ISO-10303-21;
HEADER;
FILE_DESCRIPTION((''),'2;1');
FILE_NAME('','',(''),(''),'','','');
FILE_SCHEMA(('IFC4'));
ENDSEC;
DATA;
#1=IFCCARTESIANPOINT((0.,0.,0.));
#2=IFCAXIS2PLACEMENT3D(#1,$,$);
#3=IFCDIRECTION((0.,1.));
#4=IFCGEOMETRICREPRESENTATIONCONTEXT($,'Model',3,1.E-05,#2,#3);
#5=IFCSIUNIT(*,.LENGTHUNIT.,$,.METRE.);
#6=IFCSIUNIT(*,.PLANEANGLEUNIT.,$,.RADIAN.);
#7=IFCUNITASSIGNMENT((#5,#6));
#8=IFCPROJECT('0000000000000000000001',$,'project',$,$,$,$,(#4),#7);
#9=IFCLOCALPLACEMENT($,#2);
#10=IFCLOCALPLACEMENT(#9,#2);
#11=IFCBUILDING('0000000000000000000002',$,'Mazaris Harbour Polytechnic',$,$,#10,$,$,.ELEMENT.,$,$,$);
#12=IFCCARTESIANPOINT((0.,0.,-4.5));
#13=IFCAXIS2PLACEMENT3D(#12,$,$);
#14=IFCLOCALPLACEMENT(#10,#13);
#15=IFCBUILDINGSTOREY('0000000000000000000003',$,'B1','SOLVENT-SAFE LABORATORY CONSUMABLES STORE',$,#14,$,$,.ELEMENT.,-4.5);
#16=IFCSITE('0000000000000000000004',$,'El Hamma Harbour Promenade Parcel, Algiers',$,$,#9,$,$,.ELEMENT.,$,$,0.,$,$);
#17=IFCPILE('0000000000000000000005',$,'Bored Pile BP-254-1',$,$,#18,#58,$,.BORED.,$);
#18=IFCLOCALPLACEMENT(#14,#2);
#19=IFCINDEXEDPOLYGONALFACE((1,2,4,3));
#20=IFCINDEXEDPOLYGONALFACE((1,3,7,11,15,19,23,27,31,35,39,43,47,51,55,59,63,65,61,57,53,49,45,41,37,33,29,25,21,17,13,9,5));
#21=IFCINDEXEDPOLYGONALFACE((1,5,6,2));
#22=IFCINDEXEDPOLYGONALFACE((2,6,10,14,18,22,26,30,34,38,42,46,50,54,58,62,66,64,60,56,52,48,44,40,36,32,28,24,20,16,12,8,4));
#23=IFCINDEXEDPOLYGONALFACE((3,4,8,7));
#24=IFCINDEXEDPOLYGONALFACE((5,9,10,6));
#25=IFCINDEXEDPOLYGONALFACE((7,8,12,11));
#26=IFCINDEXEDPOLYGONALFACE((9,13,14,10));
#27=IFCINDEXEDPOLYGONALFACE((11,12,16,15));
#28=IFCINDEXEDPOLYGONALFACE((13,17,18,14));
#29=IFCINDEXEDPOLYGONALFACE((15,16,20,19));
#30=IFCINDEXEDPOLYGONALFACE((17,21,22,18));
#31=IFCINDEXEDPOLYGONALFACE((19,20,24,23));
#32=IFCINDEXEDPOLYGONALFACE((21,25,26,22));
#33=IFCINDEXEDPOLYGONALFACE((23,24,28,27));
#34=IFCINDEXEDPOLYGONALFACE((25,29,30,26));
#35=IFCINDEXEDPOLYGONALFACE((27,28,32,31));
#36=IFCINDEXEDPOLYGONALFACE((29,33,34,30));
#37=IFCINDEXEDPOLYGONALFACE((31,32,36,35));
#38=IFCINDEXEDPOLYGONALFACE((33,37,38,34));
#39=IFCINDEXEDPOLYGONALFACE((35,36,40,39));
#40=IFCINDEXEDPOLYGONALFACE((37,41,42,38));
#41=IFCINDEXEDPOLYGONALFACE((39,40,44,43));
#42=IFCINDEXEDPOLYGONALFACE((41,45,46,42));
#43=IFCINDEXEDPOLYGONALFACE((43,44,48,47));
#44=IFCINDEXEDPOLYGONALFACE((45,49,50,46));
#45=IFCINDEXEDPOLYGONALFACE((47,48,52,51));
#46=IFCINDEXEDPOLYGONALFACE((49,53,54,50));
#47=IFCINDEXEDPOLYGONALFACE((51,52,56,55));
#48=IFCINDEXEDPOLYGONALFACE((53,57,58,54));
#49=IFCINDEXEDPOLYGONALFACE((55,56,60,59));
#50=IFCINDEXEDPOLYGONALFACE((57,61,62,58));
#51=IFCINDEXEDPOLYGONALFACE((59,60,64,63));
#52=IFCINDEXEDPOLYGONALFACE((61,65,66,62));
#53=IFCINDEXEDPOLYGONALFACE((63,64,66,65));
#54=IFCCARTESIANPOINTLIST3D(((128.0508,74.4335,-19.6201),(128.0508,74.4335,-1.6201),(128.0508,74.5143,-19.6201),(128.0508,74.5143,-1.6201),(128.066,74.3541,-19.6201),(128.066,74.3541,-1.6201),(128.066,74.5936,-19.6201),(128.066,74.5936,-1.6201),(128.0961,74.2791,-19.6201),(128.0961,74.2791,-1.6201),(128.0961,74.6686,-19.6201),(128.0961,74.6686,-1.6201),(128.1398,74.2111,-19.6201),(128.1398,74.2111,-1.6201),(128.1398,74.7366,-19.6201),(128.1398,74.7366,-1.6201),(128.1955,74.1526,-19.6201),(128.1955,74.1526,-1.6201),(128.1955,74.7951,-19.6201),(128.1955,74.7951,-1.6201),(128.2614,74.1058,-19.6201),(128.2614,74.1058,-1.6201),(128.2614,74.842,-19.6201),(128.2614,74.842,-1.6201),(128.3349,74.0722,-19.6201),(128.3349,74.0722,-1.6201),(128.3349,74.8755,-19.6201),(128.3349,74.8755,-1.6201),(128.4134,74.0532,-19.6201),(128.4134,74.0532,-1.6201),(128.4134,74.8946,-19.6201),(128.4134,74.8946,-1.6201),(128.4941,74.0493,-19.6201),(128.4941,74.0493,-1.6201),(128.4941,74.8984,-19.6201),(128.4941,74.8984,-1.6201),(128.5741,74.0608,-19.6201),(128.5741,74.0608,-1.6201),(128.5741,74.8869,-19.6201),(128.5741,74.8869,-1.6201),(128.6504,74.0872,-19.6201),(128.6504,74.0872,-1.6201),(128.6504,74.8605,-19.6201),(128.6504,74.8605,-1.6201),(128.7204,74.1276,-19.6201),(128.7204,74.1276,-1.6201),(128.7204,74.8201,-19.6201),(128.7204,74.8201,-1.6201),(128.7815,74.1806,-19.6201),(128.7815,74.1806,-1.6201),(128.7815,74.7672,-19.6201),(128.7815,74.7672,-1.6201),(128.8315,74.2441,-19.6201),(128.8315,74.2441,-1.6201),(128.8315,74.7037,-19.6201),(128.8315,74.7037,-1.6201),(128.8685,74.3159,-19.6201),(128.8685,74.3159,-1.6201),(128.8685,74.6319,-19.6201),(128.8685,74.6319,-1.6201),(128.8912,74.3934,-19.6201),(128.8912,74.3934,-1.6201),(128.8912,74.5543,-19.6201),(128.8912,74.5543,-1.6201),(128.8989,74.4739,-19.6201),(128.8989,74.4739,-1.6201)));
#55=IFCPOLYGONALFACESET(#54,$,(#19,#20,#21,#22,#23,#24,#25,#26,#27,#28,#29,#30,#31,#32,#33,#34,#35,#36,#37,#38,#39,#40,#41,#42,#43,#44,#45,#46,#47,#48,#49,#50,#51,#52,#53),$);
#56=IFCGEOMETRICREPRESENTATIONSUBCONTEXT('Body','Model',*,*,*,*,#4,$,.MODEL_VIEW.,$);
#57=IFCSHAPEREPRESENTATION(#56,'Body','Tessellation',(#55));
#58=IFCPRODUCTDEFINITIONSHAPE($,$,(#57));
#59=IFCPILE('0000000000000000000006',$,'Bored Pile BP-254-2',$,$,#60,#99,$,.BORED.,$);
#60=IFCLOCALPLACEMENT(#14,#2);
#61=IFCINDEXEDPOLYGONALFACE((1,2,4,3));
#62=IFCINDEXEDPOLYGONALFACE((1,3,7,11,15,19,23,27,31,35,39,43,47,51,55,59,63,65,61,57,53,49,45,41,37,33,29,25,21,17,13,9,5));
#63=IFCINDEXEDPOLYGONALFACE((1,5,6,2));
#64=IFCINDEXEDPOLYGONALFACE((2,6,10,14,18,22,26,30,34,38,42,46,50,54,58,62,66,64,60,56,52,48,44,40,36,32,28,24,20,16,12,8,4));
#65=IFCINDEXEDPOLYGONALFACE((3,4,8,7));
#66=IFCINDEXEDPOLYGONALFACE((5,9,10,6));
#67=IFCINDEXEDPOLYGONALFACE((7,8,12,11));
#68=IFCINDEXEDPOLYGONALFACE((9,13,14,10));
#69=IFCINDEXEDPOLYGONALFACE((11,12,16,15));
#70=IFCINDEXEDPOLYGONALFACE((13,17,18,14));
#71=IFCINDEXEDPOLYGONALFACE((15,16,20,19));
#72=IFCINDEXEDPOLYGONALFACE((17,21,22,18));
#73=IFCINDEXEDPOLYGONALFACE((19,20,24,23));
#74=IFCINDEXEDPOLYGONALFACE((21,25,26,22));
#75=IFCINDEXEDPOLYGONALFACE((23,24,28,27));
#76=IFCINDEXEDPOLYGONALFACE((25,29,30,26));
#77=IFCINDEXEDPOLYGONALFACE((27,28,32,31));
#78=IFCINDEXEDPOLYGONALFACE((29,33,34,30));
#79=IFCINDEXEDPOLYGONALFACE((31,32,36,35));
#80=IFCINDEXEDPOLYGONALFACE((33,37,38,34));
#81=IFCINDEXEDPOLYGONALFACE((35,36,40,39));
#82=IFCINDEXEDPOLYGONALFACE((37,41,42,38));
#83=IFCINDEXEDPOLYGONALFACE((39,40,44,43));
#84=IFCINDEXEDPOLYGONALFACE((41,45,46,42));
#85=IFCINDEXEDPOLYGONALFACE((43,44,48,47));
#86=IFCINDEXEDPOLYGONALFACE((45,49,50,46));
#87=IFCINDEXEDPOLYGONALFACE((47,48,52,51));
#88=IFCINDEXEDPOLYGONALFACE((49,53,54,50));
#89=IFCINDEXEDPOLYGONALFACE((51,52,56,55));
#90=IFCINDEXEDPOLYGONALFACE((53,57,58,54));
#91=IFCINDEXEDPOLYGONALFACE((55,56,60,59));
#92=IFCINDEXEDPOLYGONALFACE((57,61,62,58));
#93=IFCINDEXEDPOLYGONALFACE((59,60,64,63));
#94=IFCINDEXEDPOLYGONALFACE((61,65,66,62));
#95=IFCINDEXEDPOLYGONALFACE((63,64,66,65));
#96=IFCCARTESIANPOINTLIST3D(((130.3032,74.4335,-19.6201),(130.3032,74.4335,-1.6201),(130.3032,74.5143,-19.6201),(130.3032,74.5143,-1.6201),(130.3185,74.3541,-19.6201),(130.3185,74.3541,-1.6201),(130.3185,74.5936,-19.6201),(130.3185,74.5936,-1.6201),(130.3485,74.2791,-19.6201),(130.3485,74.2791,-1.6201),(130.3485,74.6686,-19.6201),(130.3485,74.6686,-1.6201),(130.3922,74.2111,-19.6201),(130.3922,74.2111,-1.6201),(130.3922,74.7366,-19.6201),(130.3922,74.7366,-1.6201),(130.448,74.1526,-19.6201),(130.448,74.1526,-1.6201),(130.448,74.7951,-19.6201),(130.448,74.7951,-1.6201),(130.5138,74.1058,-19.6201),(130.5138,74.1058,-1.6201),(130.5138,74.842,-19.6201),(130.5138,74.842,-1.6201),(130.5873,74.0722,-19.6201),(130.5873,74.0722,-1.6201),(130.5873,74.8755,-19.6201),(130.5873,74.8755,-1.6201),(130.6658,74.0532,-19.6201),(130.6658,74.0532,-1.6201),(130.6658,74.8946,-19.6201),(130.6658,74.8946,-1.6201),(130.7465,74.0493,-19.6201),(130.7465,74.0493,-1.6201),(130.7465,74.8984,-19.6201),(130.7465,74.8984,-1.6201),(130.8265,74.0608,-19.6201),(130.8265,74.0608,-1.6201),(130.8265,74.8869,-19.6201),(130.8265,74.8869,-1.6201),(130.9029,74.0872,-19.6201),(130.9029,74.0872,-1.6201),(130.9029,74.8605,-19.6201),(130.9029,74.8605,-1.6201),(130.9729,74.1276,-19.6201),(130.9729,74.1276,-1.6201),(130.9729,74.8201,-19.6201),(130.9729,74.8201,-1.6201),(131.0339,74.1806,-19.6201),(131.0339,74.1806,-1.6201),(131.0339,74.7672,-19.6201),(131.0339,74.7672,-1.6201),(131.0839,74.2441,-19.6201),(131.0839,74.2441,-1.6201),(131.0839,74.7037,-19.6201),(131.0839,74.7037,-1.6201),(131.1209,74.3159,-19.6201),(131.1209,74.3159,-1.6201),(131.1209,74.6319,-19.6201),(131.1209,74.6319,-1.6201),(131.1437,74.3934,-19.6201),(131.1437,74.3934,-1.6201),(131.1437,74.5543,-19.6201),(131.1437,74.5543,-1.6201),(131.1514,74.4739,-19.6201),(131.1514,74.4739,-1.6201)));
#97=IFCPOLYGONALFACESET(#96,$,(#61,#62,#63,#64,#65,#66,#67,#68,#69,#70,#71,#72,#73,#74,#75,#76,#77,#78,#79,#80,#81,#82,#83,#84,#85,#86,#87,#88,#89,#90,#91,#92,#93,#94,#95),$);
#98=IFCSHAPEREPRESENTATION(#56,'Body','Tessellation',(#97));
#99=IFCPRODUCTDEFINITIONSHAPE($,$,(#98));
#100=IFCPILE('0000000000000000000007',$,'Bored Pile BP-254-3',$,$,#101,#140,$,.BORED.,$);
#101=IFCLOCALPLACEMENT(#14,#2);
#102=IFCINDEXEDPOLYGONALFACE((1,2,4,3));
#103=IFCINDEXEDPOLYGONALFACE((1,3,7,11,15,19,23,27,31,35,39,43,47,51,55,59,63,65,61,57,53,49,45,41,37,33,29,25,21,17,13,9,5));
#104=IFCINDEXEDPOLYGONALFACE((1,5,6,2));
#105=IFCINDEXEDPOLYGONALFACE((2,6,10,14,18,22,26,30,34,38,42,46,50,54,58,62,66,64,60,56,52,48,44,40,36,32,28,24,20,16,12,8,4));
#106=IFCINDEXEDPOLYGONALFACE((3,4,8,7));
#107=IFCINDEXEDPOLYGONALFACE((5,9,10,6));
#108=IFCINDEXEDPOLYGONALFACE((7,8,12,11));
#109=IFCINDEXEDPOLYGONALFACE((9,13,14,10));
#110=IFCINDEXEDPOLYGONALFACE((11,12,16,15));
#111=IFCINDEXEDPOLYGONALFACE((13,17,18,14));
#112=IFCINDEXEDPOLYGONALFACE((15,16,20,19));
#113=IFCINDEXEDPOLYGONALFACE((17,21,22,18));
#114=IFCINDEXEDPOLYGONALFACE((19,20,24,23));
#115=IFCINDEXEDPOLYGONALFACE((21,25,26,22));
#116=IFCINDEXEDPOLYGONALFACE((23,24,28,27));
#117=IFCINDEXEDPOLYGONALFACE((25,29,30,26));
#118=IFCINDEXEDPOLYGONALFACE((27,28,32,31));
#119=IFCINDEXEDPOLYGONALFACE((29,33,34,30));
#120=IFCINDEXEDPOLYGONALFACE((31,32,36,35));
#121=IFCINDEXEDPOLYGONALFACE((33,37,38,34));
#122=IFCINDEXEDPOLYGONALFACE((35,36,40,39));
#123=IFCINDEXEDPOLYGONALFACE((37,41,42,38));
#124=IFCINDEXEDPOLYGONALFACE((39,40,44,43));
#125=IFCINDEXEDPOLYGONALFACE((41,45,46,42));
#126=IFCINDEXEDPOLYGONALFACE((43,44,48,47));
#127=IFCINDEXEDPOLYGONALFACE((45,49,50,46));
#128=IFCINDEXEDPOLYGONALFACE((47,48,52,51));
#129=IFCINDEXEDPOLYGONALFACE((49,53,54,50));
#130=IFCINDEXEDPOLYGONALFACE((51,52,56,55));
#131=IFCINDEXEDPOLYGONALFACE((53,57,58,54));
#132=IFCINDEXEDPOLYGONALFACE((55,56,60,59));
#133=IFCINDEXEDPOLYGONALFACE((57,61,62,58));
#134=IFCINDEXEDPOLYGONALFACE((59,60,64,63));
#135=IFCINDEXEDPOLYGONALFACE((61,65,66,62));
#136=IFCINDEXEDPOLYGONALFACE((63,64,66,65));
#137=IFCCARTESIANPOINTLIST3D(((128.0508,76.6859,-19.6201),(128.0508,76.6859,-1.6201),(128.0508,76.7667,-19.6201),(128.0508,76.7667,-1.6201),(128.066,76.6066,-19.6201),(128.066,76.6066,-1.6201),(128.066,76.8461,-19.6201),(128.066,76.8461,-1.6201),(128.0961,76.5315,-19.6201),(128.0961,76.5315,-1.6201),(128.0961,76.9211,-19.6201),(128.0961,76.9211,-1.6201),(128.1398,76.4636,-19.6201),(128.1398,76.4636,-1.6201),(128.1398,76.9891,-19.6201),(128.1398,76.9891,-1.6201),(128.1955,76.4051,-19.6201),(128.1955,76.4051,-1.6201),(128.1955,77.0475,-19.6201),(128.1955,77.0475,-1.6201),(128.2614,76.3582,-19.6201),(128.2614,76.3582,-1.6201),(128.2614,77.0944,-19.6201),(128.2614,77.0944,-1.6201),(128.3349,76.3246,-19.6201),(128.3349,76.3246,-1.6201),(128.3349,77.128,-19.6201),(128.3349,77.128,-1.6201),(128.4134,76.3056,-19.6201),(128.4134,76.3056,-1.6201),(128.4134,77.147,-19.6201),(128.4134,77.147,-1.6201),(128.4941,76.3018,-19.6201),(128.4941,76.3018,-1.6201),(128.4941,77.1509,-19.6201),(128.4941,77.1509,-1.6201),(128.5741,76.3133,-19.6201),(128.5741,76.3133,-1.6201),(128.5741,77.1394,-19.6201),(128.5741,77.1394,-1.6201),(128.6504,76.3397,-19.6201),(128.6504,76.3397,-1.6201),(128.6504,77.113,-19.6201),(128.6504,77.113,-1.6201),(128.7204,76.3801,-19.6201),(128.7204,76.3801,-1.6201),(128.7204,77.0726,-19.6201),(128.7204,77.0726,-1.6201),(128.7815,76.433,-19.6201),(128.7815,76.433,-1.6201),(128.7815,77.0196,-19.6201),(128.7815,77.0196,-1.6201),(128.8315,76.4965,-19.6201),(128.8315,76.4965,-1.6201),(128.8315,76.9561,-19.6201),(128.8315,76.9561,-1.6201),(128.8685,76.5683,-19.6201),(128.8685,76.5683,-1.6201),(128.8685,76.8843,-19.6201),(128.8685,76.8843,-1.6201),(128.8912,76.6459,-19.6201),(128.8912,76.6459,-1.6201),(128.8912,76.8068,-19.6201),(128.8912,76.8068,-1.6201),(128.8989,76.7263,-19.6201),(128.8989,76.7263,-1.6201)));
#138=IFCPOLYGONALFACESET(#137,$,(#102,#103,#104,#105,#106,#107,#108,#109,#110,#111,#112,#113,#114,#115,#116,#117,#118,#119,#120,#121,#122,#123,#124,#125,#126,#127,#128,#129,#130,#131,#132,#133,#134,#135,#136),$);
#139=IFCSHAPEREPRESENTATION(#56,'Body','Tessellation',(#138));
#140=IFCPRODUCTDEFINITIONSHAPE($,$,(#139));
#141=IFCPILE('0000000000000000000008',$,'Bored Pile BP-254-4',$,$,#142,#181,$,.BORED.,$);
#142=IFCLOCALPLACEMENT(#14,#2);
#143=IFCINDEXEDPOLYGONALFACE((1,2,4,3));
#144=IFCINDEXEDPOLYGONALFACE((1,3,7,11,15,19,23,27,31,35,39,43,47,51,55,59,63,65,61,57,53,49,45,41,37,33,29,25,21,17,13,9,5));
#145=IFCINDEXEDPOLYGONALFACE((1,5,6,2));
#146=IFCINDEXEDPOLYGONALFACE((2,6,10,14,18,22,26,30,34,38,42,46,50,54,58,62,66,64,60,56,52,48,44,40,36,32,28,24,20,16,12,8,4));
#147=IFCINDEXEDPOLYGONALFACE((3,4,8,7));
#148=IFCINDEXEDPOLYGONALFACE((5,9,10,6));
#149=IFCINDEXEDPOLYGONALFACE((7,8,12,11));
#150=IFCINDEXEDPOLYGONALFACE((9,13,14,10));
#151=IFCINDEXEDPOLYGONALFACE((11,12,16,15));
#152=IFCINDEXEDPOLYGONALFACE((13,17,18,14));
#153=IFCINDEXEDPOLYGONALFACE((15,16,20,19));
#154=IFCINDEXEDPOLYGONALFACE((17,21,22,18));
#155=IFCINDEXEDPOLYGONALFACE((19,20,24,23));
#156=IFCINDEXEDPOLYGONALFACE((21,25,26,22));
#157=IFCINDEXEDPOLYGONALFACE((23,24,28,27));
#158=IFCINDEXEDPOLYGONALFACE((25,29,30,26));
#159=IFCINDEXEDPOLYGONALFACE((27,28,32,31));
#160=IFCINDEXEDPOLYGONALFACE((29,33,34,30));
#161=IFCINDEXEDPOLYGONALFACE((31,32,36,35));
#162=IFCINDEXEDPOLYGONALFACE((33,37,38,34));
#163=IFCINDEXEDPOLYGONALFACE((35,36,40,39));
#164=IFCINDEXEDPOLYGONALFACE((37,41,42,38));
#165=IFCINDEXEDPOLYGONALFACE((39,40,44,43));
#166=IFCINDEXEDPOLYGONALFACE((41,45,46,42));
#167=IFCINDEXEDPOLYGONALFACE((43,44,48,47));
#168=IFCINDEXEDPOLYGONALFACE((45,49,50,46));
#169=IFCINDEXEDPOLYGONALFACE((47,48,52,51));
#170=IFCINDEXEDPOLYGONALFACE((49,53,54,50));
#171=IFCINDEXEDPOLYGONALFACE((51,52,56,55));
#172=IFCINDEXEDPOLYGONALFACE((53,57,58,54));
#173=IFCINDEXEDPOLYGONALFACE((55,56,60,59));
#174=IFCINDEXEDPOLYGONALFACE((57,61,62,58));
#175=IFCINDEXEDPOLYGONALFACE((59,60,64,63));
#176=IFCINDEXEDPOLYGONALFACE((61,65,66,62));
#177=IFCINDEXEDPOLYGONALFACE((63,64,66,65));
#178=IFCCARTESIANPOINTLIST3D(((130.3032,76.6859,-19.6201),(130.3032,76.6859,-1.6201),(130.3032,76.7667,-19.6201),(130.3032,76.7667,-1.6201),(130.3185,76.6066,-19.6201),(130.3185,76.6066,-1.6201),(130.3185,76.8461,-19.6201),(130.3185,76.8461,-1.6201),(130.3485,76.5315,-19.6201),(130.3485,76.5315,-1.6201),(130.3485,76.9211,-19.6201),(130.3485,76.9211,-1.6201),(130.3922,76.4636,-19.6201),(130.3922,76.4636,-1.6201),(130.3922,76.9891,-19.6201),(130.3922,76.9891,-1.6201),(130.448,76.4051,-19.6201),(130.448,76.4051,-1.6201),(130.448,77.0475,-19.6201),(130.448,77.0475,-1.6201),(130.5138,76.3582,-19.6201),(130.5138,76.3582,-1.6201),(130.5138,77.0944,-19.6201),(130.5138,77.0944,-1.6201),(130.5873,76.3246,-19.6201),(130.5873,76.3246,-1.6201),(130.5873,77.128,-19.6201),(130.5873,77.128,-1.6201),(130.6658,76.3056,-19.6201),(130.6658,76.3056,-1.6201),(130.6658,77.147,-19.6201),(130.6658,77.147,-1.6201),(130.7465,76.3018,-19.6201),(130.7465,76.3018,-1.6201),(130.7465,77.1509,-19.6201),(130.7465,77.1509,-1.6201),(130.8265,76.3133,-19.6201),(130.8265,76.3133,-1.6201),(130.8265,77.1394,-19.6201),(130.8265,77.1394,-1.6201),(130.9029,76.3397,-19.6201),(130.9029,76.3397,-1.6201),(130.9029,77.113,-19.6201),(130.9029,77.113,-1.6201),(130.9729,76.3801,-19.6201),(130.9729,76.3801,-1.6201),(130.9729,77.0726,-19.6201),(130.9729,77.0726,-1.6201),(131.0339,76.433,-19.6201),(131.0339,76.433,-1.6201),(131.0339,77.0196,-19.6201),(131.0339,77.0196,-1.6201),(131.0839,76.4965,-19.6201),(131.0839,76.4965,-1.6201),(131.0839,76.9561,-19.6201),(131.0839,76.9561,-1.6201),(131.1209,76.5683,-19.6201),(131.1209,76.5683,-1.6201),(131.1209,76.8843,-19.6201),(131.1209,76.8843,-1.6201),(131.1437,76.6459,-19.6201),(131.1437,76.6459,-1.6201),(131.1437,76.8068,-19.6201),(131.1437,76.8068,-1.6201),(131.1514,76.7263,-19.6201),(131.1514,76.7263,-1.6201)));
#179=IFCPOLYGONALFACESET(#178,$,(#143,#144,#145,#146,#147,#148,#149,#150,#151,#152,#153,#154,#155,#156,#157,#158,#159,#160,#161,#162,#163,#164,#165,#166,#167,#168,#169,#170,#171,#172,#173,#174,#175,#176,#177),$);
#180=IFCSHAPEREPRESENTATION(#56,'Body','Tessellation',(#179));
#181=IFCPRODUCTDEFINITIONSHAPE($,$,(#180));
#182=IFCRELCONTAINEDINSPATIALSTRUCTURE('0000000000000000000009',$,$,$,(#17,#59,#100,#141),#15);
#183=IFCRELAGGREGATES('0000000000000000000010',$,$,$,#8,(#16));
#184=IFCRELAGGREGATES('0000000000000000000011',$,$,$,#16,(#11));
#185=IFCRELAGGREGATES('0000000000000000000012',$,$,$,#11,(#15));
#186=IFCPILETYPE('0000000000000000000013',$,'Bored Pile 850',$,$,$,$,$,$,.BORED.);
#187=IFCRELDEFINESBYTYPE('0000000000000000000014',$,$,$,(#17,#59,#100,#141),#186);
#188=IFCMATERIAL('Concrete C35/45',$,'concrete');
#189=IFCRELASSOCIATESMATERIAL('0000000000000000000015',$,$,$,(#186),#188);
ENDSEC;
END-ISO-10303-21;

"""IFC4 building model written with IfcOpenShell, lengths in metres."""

from ifc_helpers import new_model, si_unit, direction, frame, origin, origin_2d, place, context, subcontext, project, spatial, circle, extrude, material, material_profile, profile_set, type_object, element, save


model = new_model("IFC4")

# Units and contexts
model_context = context("Model", 3, precision=1e-05, world=origin(), true_north=direction((0.0, 1.0)))
body_context = subcontext(model_context, "Body", "Model", "MODEL_VIEW")
ifc_project = project(units=[si_unit("LENGTHUNIT", "METRE"), si_unit("PLANEANGLEUNIT", "RADIAN")], contexts=[model_context])

# Site, building, storey
site_placement = place(None, origin())
site = spatial("IfcSite", under=ifc_project, at=site_placement, Name="El Hamma Harbour Promenade Parcel, Algiers", CompositionType="ELEMENT", RefElevation=0.0)
building_placement = place(site_placement, origin())
building = spatial("IfcBuilding", under=site, at=building_placement, Name="Mazaris Harbour Polytechnic", CompositionType="ELEMENT")
storey_placement = place(building_placement, frame((0.0, 0.0, -4.5)))
storey = spatial("IfcBuildingStorey", under=building, at=storey_placement, Name="B1", Description="SOLVENT-SAFE LABORATORY CONSUMABLES STORE", CompositionType="ELEMENT", Elevation=-4.5)

# Piles
ifc_material_1 = material(Name="Concrete C35/45", Category="concrete")
ifc_material_profile_1 = material_profile(ifc_material_1, circle(Radius=0.425, at=origin_2d()), Name="DIA850")
ifc_profile_set_1 = profile_set([ifc_material_profile_1], Name="Concrete C35/45")
pile_type = type_object("IfcPileType", Name="Bored Pile 850", PredefinedType="BORED", material=ifc_profile_set_1)
for number, where, z_axis, x_axis, name in (
    (1, (128.4739, 74.4739, -1.6201), (0.0, 0.0, -1.0), (1.0, 0.0, 0.0), "Bored Pile BP-254-1"),
    (2, (130.7263, 74.4739, -1.6201), (0.0, 0.0, -1.0), (1.0, 0.0, 0.0), "Bored Pile BP-254-2"),
    (3, (128.4739, 76.7263, -1.6201), (0.0, 0.0, -1.0), (1.0, 0.0, 0.0), "Bored Pile BP-254-3"),
    (4, (130.7263, 76.7263, -1.6201), (0.0, 0.0, -1.0), (1.0, 0.0, 0.0), "Bored Pile BP-254-4"),
):
    element("IfcPile", number, at=place(storey_placement, frame(where, z_axis=z_axis, x_axis=x_axis)), inside=storey, type_object=pile_type, Name=name, PredefinedType="BORED", context=body_context, shape_type="SweptSolid", body=[
        extrude(circle(Radius=0.425, at=origin_2d()), origin(), (0.0, 0.0, 1.0), 18.0),
    ])

save(model, "model.ifc")
